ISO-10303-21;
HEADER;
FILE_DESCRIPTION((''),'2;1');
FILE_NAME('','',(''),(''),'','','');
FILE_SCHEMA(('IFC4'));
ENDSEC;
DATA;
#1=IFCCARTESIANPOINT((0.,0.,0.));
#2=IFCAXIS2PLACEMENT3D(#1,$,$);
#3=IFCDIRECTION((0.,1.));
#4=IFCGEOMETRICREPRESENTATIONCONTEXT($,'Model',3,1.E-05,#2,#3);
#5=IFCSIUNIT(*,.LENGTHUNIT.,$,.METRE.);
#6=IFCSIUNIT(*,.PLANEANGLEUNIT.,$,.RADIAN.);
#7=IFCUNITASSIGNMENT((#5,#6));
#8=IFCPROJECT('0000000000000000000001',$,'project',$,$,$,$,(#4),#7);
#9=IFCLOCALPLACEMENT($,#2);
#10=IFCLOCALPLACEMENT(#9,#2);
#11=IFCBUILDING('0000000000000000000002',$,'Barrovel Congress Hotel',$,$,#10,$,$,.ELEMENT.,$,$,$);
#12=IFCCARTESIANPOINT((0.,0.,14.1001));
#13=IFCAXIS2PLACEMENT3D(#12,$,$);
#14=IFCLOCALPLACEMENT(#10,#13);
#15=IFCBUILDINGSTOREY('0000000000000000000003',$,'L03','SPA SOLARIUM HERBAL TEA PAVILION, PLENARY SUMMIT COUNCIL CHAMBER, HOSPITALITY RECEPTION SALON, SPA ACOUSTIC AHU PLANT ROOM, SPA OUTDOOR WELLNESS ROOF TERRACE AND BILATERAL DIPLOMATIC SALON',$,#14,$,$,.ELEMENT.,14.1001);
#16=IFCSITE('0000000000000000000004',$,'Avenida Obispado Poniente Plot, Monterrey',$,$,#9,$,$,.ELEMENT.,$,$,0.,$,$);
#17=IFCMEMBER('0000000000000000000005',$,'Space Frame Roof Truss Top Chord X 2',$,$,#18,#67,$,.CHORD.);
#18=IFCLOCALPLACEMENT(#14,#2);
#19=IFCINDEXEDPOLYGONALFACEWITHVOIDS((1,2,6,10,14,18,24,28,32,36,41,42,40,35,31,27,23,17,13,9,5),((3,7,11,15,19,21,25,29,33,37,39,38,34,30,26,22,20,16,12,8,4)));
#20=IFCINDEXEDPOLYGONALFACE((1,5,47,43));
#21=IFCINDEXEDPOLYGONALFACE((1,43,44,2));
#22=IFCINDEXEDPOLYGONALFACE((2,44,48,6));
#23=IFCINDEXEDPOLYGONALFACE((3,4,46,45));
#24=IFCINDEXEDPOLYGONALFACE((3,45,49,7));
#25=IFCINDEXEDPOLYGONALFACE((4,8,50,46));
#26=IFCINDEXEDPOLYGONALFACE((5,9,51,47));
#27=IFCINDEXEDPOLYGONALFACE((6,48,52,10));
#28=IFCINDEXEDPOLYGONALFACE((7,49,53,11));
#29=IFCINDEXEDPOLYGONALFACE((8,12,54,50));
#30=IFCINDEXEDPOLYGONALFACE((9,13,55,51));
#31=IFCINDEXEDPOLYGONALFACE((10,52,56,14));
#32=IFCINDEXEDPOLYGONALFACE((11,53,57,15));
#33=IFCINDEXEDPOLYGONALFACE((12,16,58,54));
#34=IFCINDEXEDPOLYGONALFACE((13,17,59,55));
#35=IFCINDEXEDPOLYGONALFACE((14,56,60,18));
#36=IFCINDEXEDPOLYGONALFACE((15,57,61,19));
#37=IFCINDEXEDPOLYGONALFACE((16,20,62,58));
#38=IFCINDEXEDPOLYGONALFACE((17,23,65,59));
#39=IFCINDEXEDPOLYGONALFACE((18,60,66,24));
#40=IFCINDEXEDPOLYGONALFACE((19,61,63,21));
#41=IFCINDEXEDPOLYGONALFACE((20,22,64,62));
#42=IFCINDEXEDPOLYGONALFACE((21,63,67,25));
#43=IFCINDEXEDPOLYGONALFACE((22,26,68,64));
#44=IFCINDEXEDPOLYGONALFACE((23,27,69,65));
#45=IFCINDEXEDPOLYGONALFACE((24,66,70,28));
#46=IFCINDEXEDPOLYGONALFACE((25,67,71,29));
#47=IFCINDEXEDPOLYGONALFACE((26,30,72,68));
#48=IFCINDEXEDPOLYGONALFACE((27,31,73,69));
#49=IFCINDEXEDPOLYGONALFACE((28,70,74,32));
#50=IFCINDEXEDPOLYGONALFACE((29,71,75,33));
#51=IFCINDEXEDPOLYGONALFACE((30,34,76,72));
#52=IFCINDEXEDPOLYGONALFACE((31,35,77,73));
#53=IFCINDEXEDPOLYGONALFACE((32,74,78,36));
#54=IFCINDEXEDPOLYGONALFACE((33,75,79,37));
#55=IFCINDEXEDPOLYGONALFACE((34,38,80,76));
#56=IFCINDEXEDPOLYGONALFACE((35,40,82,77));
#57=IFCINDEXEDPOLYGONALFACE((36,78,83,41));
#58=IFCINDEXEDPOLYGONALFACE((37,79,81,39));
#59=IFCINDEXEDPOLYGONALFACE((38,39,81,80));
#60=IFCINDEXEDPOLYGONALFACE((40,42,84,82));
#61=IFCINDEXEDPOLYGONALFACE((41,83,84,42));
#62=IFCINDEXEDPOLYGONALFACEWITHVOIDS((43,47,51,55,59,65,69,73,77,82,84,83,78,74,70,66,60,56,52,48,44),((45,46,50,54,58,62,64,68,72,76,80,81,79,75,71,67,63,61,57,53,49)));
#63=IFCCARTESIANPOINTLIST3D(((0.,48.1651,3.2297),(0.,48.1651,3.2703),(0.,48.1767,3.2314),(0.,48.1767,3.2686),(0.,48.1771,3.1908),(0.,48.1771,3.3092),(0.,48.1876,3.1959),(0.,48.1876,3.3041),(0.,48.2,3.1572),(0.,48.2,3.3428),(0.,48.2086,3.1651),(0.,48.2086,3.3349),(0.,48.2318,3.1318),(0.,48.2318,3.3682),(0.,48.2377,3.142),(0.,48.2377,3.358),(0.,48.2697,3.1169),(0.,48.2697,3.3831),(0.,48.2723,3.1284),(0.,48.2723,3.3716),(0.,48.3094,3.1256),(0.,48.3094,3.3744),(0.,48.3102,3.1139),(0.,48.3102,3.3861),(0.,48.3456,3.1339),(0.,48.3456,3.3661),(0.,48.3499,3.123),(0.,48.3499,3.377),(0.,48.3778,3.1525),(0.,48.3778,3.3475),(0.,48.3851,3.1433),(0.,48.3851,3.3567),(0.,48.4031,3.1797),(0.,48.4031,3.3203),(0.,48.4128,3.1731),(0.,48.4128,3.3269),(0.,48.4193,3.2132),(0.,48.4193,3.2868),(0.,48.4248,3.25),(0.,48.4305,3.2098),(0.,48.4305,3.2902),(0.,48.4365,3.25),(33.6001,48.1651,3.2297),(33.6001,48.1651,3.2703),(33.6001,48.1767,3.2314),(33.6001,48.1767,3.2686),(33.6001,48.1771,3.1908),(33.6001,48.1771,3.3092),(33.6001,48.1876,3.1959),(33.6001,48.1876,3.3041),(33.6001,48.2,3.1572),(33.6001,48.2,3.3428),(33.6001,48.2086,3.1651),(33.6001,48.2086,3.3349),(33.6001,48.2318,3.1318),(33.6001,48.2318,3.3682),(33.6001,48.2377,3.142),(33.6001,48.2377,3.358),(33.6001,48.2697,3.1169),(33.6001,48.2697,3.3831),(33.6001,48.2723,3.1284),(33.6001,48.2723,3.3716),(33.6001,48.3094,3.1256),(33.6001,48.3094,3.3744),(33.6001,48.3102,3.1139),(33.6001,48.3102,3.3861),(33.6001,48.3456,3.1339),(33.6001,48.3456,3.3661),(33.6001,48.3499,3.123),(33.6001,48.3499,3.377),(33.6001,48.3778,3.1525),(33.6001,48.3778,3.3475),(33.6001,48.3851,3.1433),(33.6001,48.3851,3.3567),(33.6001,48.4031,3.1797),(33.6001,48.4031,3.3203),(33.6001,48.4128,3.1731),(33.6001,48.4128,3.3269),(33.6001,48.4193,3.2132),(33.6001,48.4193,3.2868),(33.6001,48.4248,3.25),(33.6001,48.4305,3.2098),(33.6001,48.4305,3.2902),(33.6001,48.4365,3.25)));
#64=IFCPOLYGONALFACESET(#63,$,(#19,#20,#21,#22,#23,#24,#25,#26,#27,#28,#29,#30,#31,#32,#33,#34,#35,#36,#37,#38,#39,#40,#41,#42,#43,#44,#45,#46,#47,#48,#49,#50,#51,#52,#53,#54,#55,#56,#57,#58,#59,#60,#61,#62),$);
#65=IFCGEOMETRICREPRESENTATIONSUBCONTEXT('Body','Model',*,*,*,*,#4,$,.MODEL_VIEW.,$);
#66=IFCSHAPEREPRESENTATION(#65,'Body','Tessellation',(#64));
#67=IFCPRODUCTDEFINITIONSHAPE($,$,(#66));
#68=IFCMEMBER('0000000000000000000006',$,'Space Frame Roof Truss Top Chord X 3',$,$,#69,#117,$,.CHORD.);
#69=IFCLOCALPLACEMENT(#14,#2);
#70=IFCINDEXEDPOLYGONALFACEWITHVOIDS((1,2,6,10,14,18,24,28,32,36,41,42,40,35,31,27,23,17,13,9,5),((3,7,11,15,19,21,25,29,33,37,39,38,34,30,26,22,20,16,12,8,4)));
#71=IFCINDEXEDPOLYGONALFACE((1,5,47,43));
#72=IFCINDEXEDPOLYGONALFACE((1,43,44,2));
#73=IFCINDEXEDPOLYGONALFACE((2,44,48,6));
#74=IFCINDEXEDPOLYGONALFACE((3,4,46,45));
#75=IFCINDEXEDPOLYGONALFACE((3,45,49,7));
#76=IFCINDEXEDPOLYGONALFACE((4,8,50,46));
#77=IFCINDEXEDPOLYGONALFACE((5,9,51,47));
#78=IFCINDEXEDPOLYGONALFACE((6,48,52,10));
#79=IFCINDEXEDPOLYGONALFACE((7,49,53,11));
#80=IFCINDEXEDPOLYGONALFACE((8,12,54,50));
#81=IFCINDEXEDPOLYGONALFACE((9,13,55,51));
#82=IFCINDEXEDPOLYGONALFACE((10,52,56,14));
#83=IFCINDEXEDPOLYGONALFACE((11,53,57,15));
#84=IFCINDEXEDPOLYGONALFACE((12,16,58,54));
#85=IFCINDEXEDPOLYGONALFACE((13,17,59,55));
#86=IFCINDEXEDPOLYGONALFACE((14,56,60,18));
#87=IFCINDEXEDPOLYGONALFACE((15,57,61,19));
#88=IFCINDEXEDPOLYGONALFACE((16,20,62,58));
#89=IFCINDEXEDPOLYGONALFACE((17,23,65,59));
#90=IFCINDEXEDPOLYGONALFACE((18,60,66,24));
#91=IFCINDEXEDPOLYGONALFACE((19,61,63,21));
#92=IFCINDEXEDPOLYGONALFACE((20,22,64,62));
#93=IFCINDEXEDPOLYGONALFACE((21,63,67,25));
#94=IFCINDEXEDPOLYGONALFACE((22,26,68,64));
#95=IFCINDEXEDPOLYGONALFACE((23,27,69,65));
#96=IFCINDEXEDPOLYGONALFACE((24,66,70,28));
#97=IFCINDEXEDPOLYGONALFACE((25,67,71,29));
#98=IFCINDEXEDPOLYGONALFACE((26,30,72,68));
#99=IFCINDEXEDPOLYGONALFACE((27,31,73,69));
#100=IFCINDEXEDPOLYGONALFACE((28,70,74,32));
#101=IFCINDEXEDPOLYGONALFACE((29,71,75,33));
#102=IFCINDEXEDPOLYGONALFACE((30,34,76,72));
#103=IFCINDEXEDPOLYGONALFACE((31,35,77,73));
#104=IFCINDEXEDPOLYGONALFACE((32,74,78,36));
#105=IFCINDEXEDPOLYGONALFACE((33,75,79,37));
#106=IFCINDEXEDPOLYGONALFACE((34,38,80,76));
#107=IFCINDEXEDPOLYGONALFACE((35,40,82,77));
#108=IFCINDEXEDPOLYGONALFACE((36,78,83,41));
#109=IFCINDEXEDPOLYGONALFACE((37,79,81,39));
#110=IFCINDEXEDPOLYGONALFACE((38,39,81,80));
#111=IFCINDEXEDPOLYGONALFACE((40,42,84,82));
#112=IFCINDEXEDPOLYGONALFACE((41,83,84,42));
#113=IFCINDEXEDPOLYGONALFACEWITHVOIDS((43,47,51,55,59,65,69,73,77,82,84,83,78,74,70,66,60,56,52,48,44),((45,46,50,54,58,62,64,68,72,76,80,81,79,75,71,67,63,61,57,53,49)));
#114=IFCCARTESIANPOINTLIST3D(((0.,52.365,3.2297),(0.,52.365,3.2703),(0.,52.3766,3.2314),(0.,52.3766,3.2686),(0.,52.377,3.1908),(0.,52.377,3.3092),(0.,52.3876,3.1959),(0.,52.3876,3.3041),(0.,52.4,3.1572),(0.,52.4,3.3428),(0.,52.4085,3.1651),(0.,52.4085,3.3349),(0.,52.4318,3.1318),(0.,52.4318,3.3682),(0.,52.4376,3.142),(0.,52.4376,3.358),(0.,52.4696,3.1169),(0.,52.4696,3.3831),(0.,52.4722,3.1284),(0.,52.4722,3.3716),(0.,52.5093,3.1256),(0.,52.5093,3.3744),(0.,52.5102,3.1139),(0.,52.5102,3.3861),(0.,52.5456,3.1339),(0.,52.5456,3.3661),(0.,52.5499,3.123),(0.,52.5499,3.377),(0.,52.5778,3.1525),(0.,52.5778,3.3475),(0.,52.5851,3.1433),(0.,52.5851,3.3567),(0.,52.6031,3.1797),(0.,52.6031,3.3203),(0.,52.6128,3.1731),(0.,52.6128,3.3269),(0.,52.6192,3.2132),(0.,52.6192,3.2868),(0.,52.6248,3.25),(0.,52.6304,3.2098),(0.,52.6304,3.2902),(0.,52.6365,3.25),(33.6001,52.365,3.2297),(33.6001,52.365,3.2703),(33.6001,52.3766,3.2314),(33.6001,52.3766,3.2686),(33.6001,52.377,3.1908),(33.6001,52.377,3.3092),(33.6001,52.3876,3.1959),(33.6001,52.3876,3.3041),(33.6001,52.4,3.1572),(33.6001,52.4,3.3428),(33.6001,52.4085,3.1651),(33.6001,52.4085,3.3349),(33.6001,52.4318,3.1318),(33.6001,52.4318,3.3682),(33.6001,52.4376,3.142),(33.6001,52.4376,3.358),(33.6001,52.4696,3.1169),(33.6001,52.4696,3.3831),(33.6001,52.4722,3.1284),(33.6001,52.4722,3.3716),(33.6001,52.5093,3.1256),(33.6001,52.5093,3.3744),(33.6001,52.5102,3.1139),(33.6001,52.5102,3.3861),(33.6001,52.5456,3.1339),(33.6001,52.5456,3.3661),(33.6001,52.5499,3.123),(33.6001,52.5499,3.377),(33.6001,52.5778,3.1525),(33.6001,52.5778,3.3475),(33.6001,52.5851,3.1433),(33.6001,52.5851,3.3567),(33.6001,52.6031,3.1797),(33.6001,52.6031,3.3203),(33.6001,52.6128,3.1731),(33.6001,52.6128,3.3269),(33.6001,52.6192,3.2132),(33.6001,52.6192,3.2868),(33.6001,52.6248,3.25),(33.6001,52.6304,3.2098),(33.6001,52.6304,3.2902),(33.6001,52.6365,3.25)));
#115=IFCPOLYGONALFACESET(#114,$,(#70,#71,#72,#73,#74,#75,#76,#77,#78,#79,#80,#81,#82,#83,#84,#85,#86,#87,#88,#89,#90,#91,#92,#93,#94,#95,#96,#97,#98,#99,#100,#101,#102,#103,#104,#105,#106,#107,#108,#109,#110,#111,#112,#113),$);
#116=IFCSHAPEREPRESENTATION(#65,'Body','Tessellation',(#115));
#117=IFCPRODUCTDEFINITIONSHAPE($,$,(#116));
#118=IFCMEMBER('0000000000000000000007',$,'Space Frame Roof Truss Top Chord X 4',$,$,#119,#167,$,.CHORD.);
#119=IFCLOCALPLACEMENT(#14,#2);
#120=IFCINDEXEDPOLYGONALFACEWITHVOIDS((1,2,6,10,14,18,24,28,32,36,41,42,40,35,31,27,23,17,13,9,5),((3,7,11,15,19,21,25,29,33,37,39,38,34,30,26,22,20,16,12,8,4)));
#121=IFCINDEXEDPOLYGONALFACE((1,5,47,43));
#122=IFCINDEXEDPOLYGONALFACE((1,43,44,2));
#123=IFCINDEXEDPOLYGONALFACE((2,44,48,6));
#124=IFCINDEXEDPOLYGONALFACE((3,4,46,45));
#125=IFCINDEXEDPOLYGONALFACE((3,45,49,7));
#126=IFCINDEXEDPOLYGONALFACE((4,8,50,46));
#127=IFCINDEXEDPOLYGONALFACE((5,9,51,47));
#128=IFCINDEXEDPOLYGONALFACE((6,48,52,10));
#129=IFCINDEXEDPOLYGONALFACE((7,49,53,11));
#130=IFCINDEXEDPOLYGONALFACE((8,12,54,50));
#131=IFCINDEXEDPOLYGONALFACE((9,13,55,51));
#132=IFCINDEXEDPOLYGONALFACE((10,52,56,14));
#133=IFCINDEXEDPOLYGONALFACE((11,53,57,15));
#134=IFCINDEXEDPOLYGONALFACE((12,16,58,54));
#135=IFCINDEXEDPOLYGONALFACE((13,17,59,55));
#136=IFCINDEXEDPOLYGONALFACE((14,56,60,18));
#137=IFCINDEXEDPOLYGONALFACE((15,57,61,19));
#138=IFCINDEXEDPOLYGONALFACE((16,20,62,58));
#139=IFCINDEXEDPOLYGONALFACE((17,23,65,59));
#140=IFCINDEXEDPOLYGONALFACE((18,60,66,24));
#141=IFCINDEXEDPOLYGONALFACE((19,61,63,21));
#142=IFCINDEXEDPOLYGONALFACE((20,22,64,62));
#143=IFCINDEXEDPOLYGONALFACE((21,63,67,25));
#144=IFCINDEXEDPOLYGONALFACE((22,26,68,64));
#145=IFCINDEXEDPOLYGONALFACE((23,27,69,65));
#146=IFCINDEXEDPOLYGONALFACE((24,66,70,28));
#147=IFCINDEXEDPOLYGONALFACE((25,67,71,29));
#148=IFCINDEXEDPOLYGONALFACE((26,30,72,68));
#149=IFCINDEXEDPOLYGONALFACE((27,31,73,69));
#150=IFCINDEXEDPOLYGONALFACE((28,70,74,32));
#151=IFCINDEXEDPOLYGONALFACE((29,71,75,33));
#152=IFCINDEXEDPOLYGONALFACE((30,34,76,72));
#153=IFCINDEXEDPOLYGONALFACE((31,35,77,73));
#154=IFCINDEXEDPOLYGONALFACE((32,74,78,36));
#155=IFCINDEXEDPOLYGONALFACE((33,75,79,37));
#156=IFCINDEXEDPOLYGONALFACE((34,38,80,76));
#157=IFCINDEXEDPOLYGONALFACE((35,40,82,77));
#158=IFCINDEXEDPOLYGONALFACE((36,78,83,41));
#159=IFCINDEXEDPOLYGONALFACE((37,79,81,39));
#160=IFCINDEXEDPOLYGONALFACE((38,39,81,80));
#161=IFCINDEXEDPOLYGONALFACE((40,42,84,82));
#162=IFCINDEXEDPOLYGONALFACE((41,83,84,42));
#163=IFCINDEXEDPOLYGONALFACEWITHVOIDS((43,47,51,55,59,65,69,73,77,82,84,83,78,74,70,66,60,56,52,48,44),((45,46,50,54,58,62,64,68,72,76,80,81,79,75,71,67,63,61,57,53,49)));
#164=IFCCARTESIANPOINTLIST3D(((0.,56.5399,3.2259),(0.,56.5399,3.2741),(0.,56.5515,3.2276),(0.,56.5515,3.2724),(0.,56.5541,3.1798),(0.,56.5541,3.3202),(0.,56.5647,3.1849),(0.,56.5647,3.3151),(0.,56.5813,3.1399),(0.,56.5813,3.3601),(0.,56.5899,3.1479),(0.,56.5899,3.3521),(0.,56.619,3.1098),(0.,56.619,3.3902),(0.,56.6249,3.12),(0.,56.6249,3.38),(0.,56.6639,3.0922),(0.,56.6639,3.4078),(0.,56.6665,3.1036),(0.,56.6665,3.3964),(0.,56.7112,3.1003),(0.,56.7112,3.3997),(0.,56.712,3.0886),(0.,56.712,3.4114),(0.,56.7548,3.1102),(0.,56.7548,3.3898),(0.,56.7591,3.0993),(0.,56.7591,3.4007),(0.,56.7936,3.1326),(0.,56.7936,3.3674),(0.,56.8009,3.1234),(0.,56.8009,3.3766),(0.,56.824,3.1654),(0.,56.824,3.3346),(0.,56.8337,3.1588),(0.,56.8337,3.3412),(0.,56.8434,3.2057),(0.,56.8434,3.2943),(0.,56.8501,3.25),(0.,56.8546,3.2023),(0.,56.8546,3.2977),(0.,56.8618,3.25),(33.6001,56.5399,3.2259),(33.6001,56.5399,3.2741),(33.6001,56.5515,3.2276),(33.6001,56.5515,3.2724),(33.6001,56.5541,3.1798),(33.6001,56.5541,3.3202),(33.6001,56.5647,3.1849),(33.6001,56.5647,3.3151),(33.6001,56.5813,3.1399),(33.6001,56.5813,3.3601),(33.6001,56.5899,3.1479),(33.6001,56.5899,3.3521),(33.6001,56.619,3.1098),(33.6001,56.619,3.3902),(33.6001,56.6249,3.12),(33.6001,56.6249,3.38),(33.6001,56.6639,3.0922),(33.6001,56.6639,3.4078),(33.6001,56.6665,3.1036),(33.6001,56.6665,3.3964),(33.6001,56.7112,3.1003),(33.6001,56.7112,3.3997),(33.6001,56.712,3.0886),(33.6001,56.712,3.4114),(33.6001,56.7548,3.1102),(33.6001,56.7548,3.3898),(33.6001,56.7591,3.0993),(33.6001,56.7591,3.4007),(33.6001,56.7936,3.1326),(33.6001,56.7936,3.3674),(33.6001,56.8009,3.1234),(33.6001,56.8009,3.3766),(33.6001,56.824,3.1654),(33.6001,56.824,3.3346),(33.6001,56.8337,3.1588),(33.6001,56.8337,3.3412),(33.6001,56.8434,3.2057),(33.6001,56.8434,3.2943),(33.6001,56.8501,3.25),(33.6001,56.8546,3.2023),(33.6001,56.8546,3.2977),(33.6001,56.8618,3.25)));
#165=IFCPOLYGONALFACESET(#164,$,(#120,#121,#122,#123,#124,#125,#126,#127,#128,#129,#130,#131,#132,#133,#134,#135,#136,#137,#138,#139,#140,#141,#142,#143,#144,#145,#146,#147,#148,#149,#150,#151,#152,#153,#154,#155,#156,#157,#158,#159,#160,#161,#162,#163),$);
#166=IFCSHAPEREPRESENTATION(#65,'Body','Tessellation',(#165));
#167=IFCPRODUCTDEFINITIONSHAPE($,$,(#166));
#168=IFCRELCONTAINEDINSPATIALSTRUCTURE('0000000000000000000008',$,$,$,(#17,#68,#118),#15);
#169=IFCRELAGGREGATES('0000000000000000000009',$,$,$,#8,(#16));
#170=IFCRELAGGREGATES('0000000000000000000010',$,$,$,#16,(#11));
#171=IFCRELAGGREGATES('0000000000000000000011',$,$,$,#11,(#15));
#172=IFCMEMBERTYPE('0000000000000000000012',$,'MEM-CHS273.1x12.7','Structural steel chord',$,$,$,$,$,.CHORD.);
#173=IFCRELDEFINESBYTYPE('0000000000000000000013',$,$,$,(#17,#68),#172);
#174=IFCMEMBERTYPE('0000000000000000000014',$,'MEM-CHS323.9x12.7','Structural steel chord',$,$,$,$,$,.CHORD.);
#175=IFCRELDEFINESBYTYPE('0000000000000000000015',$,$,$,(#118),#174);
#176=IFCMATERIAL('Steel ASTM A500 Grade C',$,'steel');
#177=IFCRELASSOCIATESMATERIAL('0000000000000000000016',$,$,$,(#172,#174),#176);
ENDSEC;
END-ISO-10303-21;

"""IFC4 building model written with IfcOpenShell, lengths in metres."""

from ifc_helpers import new_model, si_unit, direction, frame, origin, origin_2d, place, context, subcontext, project, spatial, hollow_circle, extrude, material, material_profile, profile_set, type_object, element, save


model = new_model("IFC4")

# Units and contexts
model_context = context("Model", 3, precision=1e-05, world=origin(), true_north=direction((0.0, 1.0)))
body_context = subcontext(model_context, "Body", "Model", "MODEL_VIEW")
ifc_project = project(units=[si_unit("LENGTHUNIT", "METRE"), si_unit("PLANEANGLEUNIT", "RADIAN")], contexts=[model_context])

# Site, building, storey
site_placement = place(None, origin())
site = spatial("IfcSite", under=ifc_project, at=site_placement, Name="Avenida Obispado Poniente Plot, Monterrey", CompositionType="ELEMENT", RefElevation=0.0)
building_placement = place(site_placement, origin())
building = spatial("IfcBuilding", under=site, at=building_placement, Name="Barrovel Congress Hotel", CompositionType="ELEMENT")
storey_placement = place(building_placement, frame((0.0, 0.0, 14.1001)))
storey = spatial("IfcBuildingStorey", under=building, at=storey_placement, Name="L03", Description="SPA SOLARIUM HERBAL TEA PAVILION, PLENARY SUMMIT COUNCIL CHAMBER, HOSPITALITY RECEPTION SALON, SPA ACOUSTIC AHU PLANT ROOM, SPA OUTDOOR WELLNESS ROOF TERRACE AND BILATERAL DIPLOMATIC SALON", CompositionType="ELEMENT", Elevation=14.1001)

# Members
ifc_material_1 = material(Name="Steel ASTM A500 Grade C", Category="steel")
ifc_material_profile_1 = material_profile(ifc_material_1, hollow_circle(Radius=0.1365, WallThickness=0.0117, at=origin_2d()), Name="CHS273.1x12.7")
ifc_profile_set_1 = profile_set([ifc_material_profile_1], Name="Steel ASTM A500 Grade C")
member_type_1 = type_object("IfcMemberType", Name="MEM-CHS273.1x12.7", Description="Structural steel chord", PredefinedType="CHORD", material=ifc_profile_set_1)
for number, where, z_axis, x_axis, name in (
    (1, (0.0, 48.3, 3.25), (1.0, 0.0, 0.0), (0.0, 1.0, 0.0), "Space Frame Roof Truss Top Chord X 2"),
    (2, (0.0, 52.5, 3.25), (1.0, 0.0, 0.0), (0.0, 1.0, 0.0), "Space Frame Roof Truss Top Chord X 3"),
):
    element("IfcMember", number, at=place(storey_placement, frame(where, z_axis=z_axis, x_axis=x_axis)), inside=storey, type_object=member_type_1, Name=name, PredefinedType="CHORD", context=body_context, shape_type="SweptSolid", body=[
        extrude(hollow_circle(Radius=0.1365, WallThickness=0.0117, at=origin_2d()), origin(), (0.0, 0.0, 1.0), 33.6001),
    ])
ifc_material_profile_2 = material_profile(ifc_material_1, hollow_circle(Radius=0.1619, WallThickness=0.0117, at=origin_2d()), Name="CHS323.9x12.7")
ifc_profile_set_2 = profile_set([ifc_material_profile_2], Name="Steel ASTM A500 Grade C")
member_type_2 = type_object("IfcMemberType", Name="MEM-CHS323.9x12.7", Description="Structural steel chord", PredefinedType="CHORD", material=ifc_profile_set_2)
member_1_placement = place(storey_placement, frame((0.0, 56.7, 3.25), z_axis=(1.0, 0.0, 0.0), x_axis=(0.0, 1.0, 0.0)))
element("IfcMember", 3, at=member_1_placement, inside=storey, type_object=member_type_2, Name="Space Frame Roof Truss Top Chord X 4", PredefinedType="CHORD", context=body_context, shape_type="SweptSolid", body=[
    extrude(hollow_circle(Radius=0.1619, WallThickness=0.0117, at=origin_2d()), origin(), (0.0, 0.0, 1.0), 33.6001),
])

save(model, "model.ifc")
